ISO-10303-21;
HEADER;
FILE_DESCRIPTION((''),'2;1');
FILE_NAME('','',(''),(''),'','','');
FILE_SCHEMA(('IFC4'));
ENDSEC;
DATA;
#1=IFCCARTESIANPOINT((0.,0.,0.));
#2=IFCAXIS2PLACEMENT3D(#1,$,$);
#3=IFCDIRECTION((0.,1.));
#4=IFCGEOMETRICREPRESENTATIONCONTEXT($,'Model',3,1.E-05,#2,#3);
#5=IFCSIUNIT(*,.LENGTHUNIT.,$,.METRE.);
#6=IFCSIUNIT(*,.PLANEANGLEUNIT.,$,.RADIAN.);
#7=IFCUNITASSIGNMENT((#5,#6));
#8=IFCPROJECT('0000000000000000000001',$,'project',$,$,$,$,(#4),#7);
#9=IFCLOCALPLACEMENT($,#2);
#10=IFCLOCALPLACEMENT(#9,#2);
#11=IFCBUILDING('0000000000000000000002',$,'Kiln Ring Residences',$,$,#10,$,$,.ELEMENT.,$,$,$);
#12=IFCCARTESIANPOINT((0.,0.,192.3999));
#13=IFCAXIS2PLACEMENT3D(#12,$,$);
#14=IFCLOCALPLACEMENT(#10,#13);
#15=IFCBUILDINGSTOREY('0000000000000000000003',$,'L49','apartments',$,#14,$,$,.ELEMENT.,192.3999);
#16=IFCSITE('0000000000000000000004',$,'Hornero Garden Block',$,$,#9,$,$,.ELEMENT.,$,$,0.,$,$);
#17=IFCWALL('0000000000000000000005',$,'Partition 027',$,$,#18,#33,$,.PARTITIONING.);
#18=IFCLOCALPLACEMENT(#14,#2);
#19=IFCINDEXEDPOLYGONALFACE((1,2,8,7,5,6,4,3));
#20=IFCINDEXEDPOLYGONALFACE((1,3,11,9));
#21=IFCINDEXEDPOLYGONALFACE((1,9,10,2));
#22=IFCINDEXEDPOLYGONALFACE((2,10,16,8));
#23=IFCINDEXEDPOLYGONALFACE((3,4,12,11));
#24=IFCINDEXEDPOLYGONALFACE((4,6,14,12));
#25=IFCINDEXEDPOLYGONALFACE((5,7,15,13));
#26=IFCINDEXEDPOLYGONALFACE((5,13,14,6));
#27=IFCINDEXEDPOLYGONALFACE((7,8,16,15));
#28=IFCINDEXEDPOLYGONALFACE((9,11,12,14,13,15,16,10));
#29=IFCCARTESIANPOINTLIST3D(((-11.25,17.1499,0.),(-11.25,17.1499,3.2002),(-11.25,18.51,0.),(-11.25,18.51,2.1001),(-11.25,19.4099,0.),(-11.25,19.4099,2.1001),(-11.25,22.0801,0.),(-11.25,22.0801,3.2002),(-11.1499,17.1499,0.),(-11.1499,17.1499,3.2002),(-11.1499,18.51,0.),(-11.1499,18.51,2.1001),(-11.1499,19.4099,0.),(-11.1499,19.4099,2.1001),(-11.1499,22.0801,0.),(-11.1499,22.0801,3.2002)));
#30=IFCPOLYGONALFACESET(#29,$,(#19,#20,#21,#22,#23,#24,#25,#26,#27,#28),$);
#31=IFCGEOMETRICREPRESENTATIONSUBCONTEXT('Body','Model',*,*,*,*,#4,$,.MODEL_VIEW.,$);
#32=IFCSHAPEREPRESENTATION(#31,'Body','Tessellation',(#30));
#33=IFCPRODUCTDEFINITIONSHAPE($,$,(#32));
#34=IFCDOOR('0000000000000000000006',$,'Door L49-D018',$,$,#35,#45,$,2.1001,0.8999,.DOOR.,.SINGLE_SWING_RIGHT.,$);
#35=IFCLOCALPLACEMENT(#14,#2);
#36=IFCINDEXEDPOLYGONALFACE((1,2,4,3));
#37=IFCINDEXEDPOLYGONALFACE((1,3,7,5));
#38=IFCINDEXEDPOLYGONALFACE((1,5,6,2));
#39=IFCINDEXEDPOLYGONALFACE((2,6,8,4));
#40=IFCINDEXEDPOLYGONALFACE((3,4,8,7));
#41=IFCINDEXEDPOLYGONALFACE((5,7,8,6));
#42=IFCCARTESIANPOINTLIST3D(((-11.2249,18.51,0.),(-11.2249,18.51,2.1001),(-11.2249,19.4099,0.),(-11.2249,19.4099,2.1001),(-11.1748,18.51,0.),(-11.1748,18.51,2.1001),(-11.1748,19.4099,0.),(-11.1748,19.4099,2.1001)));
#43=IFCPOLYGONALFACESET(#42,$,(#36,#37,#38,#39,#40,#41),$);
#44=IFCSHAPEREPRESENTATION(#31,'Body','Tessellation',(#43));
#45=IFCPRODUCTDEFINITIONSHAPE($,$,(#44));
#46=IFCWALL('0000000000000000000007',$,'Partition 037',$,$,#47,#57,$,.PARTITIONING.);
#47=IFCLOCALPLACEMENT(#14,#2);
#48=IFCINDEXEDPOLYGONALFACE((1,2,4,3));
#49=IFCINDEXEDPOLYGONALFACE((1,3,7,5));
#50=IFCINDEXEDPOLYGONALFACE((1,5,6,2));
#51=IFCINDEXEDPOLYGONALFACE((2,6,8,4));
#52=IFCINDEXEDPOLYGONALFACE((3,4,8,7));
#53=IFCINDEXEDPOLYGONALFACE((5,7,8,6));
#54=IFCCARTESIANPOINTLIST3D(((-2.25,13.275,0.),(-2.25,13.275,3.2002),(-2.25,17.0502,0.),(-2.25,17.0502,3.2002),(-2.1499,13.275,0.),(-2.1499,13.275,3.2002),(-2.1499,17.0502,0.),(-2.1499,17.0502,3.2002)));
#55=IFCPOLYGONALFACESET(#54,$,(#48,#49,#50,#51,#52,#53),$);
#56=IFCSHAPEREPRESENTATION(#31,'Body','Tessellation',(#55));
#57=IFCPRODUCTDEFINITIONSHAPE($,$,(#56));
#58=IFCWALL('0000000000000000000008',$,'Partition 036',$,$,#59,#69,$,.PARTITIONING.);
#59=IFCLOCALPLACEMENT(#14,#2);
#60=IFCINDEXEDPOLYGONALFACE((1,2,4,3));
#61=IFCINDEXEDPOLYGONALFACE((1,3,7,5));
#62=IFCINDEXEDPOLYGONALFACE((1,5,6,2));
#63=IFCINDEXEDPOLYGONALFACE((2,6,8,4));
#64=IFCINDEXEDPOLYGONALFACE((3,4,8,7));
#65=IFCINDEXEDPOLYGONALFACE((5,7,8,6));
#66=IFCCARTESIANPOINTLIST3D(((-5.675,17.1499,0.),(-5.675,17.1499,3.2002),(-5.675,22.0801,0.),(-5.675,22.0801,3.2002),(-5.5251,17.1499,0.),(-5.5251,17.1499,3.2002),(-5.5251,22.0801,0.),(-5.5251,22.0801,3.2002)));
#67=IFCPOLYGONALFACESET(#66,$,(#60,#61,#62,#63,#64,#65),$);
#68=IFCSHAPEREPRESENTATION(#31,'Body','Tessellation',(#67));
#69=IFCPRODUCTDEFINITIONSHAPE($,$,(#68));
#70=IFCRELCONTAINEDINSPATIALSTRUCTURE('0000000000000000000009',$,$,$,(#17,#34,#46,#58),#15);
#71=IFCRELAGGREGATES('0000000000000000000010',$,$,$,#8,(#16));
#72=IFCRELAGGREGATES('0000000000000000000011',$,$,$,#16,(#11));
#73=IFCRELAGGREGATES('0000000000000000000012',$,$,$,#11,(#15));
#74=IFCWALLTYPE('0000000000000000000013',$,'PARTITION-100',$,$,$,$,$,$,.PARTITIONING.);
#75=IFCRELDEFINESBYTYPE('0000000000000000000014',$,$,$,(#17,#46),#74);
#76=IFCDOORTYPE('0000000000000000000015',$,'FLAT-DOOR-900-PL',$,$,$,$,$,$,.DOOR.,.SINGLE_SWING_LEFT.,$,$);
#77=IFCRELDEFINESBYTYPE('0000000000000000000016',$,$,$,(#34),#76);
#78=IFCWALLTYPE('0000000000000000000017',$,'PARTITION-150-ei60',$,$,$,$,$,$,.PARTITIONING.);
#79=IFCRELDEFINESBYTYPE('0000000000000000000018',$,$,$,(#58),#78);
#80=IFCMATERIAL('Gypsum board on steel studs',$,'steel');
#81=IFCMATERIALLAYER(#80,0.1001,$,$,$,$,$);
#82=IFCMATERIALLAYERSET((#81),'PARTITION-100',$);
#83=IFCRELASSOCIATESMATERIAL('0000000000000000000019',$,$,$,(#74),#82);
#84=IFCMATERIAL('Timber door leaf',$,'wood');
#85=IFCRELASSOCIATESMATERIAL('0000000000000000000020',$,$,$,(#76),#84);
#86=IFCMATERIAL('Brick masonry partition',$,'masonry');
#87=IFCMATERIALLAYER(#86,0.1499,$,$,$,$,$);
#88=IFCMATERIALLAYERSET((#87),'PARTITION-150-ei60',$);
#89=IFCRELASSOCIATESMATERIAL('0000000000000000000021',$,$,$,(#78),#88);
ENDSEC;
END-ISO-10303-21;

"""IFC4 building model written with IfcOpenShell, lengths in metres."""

from ifc_helpers import new_model, si_unit, direction, frame, frame_2d, origin, place, context, subcontext, project, spatial, rectangle, extrude, material, layer, layer_set, type_object, element, fill, save


model = new_model("IFC4")

# Units and contexts
model_context = context("Model", 3, precision=1e-05, world=origin(), true_north=direction((0.0, 1.0)))
body_context = subcontext(model_context, "Body", "Model", "MODEL_VIEW")
ifc_project = project(units=[si_unit("LENGTHUNIT", "METRE"), si_unit("PLANEANGLEUNIT", "RADIAN")], contexts=[model_context])

# Site, building, storey
site_placement = place(None, origin())
site = spatial("IfcSite", under=ifc_project, at=site_placement, Name="Hornero Garden Block", CompositionType="ELEMENT", RefElevation=0.0)
building_placement = place(site_placement, origin())
building = spatial("IfcBuilding", under=site, at=building_placement, Name="Kiln Ring Residences", CompositionType="ELEMENT")
storey_placement = place(building_placement, frame((0.0, 0.0, 192.3999)))
storey = spatial("IfcBuildingStorey", under=building, at=storey_placement, Name="L49", Description="apartments", CompositionType="ELEMENT", Elevation=192.3999)

# Wall, opening, door
ifc_material_1 = material(Name="Gypsum board on steel studs", Category="steel")
ifc_layer_1 = layer(ifc_material_1, 0.1001)
ifc_layer_set_1 = layer_set([ifc_layer_1], Name="PARTITION-100")
wall_type_1 = type_object("IfcWallType", Name="PARTITION-100", PredefinedType="PARTITIONING", material=ifc_layer_set_1)
wall_1_placement = place(storey_placement, frame((-11.2, 17.1499, 0.0), z_axis=(0.0, 0.0, 1.0), x_axis=(0.0, 1.0, 0.0)))
wall_1 = element("IfcWall", 1, at=wall_1_placement, inside=storey, type_object=wall_type_1, Name="Partition 027", PredefinedType="PARTITIONING", context=body_context, shape_type="SweptSolid", body=[
    extrude(rectangle(XDim=4.9302, YDim=0.1001, at=frame_2d((2.4651, 0.0))), origin(), (0.0, 0.0, 1.0), 3.2002),
])
opening_1_placement = place(wall_1_placement, frame((1.3601, 0.0, 0.0)))
opening_1 = element("IfcOpeningElement", 2, at=opening_1_placement, cuts=wall_1, PredefinedType="OPENING", context=body_context, shape_type="SweptSolid", body=[
    extrude(rectangle(XDim=0.8999, YDim=2.1001, at=frame_2d((0.45, 1.05))), frame((0.0, 0.0601, 0.0), z_axis=(0.0, -1.0, 0.0), x_axis=(1.0, 0.0, 0.0)), (0.0, 0.0, 1.0), 0.1201),
])
ifc_material_2 = material(Name="Timber door leaf", Category="wood")
door_type = type_object("IfcDoorType", Name="FLAT-DOOR-900-PL", OperationType="SINGLE_SWING_LEFT", PredefinedType="DOOR", material=ifc_material_2)
door_placement = place(opening_1_placement, origin())
door = element("IfcDoor", 3, at=door_placement, inside=storey, type_object=door_type, Name="Door L49-D018", OperationType="SINGLE_SWING_RIGHT", OverallHeight=2.1001, OverallWidth=0.8999, PredefinedType="DOOR", context=body_context, shape_type="SweptSolid", body=[
    extrude(rectangle(XDim=0.8999, YDim=2.1001, at=frame_2d((0.45, 1.05))), frame((0.0, 0.0249, 0.0), z_axis=(0.0, -1.0, 0.0), x_axis=(1.0, 0.0, 0.0)), (0.0, 0.0, 1.0), 0.05),
])
fill(opening_1, door)

# Walls
wall_2_placement = place(storey_placement, frame((-2.2, 13.2749, 0.0), z_axis=(0.0, 0.0, 1.0), x_axis=(0.0, 1.0, 0.0)))
element("IfcWall", 4, at=wall_2_placement, inside=storey, type_object=wall_type_1, Name="Partition 037", PredefinedType="PARTITIONING", context=body_context, shape_type="SweptSolid", body=[
    extrude(rectangle(XDim=3.7751, YDim=0.1001, at=frame_2d((1.8877, 0.0))), origin(), (0.0, 0.0, 1.0), 3.2002),
])
ifc_material_3 = material(Name="Brick masonry partition", Category="masonry")
ifc_layer_2 = layer(ifc_material_3, 0.1499)
ifc_layer_set_2 = layer_set([ifc_layer_2], Name="PARTITION-150-ei60")
wall_type_2 = type_object("IfcWallType", Name="PARTITION-150-ei60", PredefinedType="PARTITIONING", material=ifc_layer_set_2)
wall_3_placement = place(storey_placement, frame((-5.6001, 17.1499, 0.0), z_axis=(0.0, 0.0, 1.0), x_axis=(0.0, 1.0, 0.0)))
element("IfcWall", 5, at=wall_3_placement, inside=storey, type_object=wall_type_2, Name="Partition 036", PredefinedType="PARTITIONING", context=body_context, shape_type="SweptSolid", body=[
    extrude(rectangle(XDim=4.9302, YDim=0.1499, at=frame_2d((2.4651, 0.0))), origin(), (0.0, 0.0, 1.0), 3.2002),
])

save(model, "model.ifc")
